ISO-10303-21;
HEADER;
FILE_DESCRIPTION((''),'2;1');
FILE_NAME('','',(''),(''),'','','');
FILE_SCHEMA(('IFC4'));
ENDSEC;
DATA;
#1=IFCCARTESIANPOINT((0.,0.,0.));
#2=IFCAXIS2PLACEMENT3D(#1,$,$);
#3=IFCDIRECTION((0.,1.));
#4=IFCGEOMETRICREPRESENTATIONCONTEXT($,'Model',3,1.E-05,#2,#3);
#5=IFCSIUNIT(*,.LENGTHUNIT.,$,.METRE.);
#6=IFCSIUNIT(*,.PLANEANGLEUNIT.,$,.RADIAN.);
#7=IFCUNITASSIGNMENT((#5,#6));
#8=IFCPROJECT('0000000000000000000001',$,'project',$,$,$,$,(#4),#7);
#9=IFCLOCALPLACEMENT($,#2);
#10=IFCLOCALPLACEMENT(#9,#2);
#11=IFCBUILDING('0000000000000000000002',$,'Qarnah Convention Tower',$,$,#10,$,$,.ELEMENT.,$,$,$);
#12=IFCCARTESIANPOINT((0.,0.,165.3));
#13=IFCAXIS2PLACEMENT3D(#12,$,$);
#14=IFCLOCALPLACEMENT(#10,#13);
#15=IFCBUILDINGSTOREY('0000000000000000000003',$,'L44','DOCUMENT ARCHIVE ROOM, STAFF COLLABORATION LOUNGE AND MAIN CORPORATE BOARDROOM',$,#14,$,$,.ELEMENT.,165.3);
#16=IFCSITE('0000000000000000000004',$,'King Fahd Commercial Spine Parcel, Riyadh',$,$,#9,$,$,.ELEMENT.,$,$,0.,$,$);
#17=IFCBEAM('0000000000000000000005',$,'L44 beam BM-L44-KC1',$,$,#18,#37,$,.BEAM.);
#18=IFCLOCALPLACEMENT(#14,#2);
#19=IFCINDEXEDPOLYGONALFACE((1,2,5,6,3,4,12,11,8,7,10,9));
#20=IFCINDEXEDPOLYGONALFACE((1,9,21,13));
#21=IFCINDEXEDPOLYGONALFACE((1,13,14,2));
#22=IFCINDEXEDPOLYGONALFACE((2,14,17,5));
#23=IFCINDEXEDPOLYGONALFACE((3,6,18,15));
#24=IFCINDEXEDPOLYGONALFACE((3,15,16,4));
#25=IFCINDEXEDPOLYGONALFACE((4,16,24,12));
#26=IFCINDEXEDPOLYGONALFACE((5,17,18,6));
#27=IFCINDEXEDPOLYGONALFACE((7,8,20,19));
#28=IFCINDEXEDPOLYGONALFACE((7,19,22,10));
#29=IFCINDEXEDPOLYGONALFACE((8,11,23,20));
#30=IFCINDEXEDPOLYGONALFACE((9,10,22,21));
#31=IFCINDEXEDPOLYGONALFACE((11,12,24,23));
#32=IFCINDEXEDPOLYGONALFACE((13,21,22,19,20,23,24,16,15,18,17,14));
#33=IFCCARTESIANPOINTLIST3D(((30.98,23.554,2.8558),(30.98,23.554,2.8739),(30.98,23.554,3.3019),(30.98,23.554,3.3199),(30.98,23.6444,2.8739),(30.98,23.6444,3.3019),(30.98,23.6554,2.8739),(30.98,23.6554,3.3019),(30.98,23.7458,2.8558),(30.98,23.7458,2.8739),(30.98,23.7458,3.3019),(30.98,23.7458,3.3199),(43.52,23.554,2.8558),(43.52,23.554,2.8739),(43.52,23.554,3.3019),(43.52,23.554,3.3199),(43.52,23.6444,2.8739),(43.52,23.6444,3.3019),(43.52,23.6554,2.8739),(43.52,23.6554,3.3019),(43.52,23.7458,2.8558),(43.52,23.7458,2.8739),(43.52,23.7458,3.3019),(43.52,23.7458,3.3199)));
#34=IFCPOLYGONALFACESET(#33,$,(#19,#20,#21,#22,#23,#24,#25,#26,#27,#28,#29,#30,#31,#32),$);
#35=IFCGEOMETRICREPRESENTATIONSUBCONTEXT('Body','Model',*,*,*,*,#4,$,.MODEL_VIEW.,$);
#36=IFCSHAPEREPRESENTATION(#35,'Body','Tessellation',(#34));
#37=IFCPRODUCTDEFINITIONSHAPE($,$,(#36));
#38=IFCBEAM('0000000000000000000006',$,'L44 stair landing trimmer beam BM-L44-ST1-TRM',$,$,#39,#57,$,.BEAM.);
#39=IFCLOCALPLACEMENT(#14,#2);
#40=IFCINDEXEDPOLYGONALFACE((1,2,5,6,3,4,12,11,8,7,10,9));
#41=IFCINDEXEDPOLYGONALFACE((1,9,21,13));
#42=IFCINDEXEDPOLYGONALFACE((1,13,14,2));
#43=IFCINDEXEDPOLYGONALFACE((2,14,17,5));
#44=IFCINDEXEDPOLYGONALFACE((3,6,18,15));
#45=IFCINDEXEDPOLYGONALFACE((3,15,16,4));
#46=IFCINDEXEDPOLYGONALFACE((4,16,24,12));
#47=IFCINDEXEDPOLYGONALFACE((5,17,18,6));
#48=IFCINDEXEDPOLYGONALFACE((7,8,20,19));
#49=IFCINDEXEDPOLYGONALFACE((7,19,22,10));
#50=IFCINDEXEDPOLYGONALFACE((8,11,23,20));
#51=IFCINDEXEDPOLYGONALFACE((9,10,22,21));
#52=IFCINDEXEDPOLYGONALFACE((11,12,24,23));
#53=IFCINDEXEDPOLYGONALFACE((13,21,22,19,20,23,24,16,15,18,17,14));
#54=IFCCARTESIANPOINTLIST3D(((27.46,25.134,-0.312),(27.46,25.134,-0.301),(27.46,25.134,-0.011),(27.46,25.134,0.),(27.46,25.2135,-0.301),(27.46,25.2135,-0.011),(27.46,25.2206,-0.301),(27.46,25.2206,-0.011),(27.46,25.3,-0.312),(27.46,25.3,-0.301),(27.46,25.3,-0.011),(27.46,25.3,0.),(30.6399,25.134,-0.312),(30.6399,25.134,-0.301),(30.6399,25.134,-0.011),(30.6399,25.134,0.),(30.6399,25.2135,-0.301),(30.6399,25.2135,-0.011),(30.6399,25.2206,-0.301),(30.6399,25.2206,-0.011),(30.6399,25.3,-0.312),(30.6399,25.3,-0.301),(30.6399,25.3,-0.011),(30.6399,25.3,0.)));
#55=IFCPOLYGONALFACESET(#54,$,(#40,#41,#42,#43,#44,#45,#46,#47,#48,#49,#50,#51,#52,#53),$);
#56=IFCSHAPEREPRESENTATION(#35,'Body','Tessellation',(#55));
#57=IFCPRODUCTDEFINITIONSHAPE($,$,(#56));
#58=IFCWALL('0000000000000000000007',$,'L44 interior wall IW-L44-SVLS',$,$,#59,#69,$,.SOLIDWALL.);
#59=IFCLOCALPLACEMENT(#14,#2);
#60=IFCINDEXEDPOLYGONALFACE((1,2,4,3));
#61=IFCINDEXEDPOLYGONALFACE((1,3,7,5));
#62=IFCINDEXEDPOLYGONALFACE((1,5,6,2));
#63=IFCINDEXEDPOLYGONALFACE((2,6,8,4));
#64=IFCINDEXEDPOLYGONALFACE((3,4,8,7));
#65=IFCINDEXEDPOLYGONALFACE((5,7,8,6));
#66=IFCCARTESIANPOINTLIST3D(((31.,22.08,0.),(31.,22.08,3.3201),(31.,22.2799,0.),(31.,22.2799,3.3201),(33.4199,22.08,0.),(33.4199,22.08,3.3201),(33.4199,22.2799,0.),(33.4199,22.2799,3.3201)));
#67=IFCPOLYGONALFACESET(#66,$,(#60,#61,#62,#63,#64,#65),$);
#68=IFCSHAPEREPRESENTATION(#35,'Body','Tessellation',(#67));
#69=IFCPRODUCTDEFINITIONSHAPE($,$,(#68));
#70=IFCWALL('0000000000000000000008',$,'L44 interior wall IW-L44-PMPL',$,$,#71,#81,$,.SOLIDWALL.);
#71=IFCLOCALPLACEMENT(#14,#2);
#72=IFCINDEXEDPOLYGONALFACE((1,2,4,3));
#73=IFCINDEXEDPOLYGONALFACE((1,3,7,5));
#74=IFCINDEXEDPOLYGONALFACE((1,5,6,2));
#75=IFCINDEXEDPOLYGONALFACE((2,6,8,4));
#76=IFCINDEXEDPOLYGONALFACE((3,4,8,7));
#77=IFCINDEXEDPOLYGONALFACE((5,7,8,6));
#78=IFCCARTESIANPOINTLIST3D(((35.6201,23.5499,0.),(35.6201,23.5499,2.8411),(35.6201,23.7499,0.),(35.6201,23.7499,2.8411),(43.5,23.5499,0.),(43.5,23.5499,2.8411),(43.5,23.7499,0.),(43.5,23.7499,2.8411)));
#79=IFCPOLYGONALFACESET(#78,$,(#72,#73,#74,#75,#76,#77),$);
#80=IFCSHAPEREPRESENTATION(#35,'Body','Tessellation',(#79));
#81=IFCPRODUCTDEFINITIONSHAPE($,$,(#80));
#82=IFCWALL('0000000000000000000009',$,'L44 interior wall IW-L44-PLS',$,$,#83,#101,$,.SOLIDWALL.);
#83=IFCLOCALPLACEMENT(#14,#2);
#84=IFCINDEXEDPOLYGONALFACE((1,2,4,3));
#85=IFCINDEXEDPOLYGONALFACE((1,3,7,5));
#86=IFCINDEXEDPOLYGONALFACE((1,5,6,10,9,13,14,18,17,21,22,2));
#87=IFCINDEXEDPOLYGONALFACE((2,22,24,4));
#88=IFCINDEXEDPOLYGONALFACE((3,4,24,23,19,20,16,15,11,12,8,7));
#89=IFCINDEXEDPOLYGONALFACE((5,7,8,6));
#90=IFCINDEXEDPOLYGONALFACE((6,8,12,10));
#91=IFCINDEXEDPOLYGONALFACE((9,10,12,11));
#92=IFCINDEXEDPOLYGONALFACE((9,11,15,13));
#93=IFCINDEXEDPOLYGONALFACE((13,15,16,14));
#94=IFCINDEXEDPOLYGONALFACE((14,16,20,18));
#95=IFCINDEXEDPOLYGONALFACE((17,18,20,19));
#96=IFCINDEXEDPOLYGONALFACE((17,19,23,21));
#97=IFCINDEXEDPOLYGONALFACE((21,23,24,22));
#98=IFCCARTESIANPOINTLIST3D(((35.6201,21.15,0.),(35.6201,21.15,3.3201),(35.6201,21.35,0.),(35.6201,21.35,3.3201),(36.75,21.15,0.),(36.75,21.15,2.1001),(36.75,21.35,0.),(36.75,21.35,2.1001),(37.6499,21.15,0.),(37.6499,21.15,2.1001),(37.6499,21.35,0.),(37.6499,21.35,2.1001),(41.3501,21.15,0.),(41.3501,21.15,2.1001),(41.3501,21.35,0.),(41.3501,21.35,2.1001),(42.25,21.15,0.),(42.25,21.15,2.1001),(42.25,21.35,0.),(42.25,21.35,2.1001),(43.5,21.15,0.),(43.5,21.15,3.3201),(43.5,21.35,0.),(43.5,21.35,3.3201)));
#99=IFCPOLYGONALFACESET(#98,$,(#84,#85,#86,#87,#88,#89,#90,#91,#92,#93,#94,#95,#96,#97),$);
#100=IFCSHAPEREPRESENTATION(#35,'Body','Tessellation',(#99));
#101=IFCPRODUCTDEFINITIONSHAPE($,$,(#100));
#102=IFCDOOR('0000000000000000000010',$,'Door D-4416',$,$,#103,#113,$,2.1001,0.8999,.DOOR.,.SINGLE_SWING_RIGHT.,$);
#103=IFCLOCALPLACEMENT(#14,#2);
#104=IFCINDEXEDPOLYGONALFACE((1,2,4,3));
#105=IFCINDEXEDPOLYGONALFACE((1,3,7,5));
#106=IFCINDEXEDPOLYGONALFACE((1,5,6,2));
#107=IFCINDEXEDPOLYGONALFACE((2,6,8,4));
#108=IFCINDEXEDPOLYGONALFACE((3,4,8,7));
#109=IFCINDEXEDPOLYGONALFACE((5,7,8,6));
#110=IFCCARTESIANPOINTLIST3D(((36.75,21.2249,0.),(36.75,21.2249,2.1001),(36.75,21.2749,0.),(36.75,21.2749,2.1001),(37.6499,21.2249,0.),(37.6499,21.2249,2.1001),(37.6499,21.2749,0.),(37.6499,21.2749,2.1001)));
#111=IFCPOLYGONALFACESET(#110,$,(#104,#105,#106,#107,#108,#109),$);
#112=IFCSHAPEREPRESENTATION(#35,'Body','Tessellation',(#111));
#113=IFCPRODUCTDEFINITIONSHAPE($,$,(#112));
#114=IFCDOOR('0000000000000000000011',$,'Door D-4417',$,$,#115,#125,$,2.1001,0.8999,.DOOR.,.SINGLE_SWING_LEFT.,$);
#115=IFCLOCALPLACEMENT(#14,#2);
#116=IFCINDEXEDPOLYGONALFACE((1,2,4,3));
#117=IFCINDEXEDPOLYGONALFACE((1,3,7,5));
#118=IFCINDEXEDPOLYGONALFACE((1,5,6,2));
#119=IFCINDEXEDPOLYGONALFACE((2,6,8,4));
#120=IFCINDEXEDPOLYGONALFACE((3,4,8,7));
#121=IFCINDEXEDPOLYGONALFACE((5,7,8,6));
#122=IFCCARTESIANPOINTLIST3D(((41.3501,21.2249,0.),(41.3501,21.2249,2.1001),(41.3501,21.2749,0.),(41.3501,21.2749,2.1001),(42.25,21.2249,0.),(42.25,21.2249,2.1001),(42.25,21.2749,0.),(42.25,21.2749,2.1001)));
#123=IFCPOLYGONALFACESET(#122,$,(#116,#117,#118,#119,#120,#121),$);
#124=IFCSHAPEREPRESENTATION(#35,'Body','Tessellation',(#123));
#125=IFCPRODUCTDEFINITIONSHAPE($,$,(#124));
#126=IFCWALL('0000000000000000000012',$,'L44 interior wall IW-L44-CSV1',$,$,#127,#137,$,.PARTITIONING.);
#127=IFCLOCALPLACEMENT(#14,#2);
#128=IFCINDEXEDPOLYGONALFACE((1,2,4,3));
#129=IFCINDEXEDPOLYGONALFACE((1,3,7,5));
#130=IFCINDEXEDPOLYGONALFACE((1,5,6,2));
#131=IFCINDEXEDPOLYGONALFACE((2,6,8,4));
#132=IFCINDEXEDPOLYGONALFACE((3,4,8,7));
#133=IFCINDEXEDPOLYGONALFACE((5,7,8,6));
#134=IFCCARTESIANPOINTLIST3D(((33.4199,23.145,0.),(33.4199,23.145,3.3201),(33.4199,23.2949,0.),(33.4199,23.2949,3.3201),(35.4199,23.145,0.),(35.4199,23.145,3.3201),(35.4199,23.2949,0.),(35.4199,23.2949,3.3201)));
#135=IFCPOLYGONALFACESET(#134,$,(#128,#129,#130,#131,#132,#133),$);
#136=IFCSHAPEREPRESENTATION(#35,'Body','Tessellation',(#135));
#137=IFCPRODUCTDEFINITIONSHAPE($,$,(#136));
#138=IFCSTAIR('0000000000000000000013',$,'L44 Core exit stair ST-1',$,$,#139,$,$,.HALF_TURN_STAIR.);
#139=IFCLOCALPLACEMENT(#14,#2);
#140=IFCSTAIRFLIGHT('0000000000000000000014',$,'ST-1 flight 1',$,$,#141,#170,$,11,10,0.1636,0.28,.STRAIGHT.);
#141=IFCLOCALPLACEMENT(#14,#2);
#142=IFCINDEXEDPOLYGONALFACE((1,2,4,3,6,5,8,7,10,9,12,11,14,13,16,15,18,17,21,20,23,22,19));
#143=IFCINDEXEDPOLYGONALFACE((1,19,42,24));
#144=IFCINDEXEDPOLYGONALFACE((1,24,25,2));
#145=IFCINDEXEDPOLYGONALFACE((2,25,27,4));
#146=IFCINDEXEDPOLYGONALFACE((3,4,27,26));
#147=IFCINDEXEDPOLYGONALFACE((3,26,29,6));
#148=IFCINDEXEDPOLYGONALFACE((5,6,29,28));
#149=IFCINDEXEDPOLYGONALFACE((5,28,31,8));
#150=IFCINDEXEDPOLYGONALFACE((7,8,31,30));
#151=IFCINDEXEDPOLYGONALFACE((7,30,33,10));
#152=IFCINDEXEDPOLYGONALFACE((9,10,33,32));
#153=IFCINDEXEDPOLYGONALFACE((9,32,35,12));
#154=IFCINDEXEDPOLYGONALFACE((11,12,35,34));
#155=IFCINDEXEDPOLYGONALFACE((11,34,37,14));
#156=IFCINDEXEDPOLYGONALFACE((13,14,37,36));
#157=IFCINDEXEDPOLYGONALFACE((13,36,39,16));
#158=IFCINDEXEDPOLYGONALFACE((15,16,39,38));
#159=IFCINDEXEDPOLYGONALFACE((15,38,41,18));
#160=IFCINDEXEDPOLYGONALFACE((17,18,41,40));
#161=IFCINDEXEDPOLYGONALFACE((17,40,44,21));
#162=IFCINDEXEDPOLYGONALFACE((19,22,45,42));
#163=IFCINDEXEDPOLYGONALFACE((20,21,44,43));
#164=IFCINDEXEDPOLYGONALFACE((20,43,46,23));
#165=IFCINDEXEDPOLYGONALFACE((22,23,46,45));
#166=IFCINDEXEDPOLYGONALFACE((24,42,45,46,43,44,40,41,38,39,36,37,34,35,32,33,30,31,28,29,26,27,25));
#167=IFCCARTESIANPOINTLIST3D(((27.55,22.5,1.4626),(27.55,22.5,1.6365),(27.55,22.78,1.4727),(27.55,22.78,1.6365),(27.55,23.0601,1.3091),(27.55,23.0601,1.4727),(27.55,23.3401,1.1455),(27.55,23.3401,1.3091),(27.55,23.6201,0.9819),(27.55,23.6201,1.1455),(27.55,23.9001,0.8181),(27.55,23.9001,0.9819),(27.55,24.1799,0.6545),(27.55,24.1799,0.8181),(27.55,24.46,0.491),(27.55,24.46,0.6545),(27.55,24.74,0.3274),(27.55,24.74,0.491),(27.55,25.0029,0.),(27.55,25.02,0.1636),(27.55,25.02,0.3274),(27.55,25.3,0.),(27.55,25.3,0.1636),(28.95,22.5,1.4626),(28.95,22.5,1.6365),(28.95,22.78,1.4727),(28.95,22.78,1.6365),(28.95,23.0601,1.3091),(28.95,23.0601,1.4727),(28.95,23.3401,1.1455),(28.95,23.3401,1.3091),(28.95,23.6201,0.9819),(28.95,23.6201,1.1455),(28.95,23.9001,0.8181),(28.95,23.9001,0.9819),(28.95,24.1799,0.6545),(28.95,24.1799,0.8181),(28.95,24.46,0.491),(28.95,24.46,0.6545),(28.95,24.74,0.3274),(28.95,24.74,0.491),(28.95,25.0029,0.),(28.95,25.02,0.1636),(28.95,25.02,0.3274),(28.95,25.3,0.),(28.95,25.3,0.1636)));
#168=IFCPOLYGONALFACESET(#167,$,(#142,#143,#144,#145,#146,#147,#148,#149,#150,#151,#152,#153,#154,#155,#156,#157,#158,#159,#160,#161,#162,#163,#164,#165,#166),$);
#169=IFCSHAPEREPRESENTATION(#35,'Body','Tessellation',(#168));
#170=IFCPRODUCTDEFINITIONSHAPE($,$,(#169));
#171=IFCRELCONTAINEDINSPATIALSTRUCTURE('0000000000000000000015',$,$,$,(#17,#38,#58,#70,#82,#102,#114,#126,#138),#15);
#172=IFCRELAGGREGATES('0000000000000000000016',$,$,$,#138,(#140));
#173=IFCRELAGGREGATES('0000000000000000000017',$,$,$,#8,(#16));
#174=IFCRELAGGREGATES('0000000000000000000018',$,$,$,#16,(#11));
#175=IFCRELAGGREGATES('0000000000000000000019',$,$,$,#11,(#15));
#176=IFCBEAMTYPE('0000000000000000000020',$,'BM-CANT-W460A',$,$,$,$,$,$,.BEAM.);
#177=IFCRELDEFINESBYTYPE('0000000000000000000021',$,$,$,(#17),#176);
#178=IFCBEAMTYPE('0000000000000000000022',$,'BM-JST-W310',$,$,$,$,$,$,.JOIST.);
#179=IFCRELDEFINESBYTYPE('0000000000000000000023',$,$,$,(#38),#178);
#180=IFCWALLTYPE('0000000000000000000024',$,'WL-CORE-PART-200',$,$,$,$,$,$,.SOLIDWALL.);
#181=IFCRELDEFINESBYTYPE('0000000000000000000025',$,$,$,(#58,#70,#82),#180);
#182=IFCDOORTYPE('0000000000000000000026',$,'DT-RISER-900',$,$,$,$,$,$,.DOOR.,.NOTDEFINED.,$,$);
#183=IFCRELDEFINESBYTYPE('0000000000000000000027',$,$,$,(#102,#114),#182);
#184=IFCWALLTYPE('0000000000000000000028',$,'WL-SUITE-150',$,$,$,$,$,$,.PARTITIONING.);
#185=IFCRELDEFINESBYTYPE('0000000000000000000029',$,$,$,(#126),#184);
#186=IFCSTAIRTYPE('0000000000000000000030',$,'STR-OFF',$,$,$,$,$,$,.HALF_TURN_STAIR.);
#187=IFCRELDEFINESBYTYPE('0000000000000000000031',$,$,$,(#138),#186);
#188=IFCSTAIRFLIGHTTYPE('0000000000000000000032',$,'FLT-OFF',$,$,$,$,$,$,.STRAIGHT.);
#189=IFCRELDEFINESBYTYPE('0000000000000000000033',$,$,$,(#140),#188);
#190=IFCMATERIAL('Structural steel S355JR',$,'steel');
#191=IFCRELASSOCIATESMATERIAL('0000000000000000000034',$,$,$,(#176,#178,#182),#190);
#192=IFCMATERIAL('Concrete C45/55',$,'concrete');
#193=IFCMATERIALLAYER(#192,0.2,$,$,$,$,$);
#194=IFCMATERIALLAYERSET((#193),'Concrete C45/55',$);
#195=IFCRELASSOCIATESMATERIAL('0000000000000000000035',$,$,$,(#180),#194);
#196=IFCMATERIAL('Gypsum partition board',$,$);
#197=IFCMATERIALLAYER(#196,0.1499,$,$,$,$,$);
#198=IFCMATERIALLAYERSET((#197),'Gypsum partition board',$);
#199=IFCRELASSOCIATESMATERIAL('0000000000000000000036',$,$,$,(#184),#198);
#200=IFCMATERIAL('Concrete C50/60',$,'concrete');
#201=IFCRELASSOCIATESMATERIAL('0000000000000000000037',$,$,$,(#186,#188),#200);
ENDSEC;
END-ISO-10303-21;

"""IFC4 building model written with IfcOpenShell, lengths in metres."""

from ifc_helpers import new_model, si_unit, direction, frame, frame_2d, origin, origin_2d, place, context, subcontext, project, spatial, polyline, rectangle, i_section, outline, extrude, material, layer, layer_set, material_profile, profile_set, type_object, element, fill, aggregate, save


model = new_model("IFC4")

# Units and contexts
model_context = context("Model", 3, precision=1e-05, world=origin(), true_north=direction((0.0, 1.0)))
body_context = subcontext(model_context, "Body", "Model", "MODEL_VIEW")
ifc_project = project(units=[si_unit("LENGTHUNIT", "METRE"), si_unit("PLANEANGLEUNIT", "RADIAN")], contexts=[model_context])

# Site, building, storey
site_placement = place(None, origin())
site = spatial("IfcSite", under=ifc_project, at=site_placement, Name="King Fahd Commercial Spine Parcel, Riyadh", CompositionType="ELEMENT", RefElevation=0.0)
building_placement = place(site_placement, origin())
building = spatial("IfcBuilding", under=site, at=building_placement, Name="Qarnah Convention Tower", CompositionType="ELEMENT")
storey_placement = place(building_placement, frame((0.0, 0.0, 165.3)))
storey = spatial("IfcBuildingStorey", under=building, at=storey_placement, Name="L44", Description="DOCUMENT ARCHIVE ROOM, STAFF COLLABORATION LOUNGE AND MAIN CORPORATE BOARDROOM", CompositionType="ELEMENT", Elevation=165.3)

# Beams
ifc_material_1 = material(Name="Structural steel S355JR", Category="steel")
ifc_material_profile_1 = material_profile(ifc_material_1, i_section(OverallWidth=0.1919, OverallDepth=0.4641, WebThickness=0.011, FlangeThickness=0.0181, at=origin_2d()), Name="W460X89")
ifc_profile_set_1 = profile_set([ifc_material_profile_1], Name="Structural steel S355JR")
beam_type_1 = type_object("IfcBeamType", Name="BM-CANT-W460A", PredefinedType="BEAM", material=ifc_profile_set_1)
beam_1_placement = place(storey_placement, frame((30.98, 23.6499, 3.0879), z_axis=(1.0, 0.0, 0.0), x_axis=(0.0, 1.0, 0.0)))
element("IfcBeam", 1, at=beam_1_placement, inside=storey, type_object=beam_type_1, Name="L44 beam BM-L44-KC1", PredefinedType="BEAM", context=body_context, shape_type="SweptSolid", body=[
    extrude(i_section(OverallWidth=0.1919, OverallDepth=0.4641, WebThickness=0.011, FlangeThickness=0.0181, at=origin_2d()), origin(), (0.0, 0.0, 1.0), 12.54),
])
ifc_material_profile_2 = material_profile(ifc_material_1, i_section(OverallWidth=0.166, OverallDepth=0.312, WebThickness=0.0071, FlangeThickness=0.011, at=origin_2d()), Name="W310X45")
ifc_profile_set_2 = profile_set([ifc_material_profile_2], Name="Structural steel S355JR")
beam_type_2 = type_object("IfcBeamType", Name="BM-JST-W310", PredefinedType="JOIST", material=ifc_profile_set_2)
beam_2_placement = place(storey_placement, frame((27.46, 25.217, -0.156), z_axis=(1.0, 0.0, 0.0), x_axis=(0.0, 1.0, 0.0)))
element("IfcBeam", 2, at=beam_2_placement, inside=storey, type_object=beam_type_2, Name="L44 stair landing trimmer beam BM-L44-ST1-TRM", PredefinedType="BEAM", context=body_context, shape_type="SweptSolid", body=[
    extrude(i_section(OverallWidth=0.166, OverallDepth=0.312, WebThickness=0.0071, FlangeThickness=0.011, at=origin_2d()), origin(), (0.0, 0.0, 1.0), 3.1799),
])

# Shared definitions
ifc_material_2 = material(Name="Concrete C45/55", Category="concrete")
ifc_layer_1 = layer(ifc_material_2, 0.2)
ifc_layer_set_1 = layer_set([ifc_layer_1], Name="Concrete C45/55")
wall_type_1 = type_object("IfcWallType", Name="WL-CORE-PART-200", PredefinedType="SOLIDWALL", material=ifc_layer_set_1)
door_type_1 = type_object("IfcDoorType", Name="DT-RISER-900", OperationType="NOTDEFINED", PredefinedType="DOOR", material=ifc_material_1)

# Walls
wall_1_placement = place(storey_placement, frame((31.0, 22.1799, 0.0), z_axis=(0.0, 0.0, 1.0), x_axis=(1.0, 0.0, 0.0)))
element("IfcWall", 3, at=wall_1_placement, inside=storey, type_object=wall_type_1, Name="L44 interior wall IW-L44-SVLS", PredefinedType="SOLIDWALL", context=body_context, shape_type="SweptSolid", body=[
    extrude(rectangle(XDim=2.4199, YDim=0.2, at=frame_2d((1.21, 0.0))), origin(), (0.0, 0.0, 1.0), 3.3201),
])
wall_2_placement = place(storey_placement, frame((35.6201, 23.6499, 0.0), z_axis=(0.0, 0.0, 1.0), x_axis=(1.0, 0.0, 0.0)))
element("IfcWall", 4, at=wall_2_placement, inside=storey, type_object=wall_type_1, Name="L44 interior wall IW-L44-PMPL", PredefinedType="SOLIDWALL", context=body_context, shape_type="SweptSolid", body=[
    extrude(rectangle(XDim=7.8799, YDim=0.2, at=frame_2d((3.9399, 0.0))), origin(), (0.0, 0.0, 1.0), 2.8411),
])

# Wall, openings, doors
wall_3_placement = place(storey_placement, frame((35.6201, 21.25, 0.0), z_axis=(0.0, 0.0, 1.0), x_axis=(1.0, 0.0, 0.0)))
wall_3 = element("IfcWall", 5, at=wall_3_placement, inside=storey, type_object=wall_type_1, Name="L44 interior wall IW-L44-PLS", PredefinedType="SOLIDWALL", context=body_context, shape_type="SweptSolid", body=[
    extrude(rectangle(XDim=7.8799, YDim=0.2, at=frame_2d((3.9399, 0.0))), origin(), (0.0, 0.0, 1.0), 3.3201),
])
opening_1_placement = place(wall_3_placement, frame((1.1299, 0.0, 0.0)))
opening_1 = element("IfcOpeningElement", 6, at=opening_1_placement, cuts=wall_3, PredefinedType="OPENING", context=body_context, shape_type="SweptSolid", body=[
    extrude(rectangle(XDim=0.8999, YDim=2.1001, at=frame_2d((0.45, 1.05))), frame((0.0, 0.1099, 0.0), z_axis=(0.0, -1.0, 0.0), x_axis=(1.0, 0.0, 0.0)), (0.0, 0.0, 1.0), 0.22),
])
opening_2_placement = place(wall_3_placement, frame((5.73, 0.0, 0.0)))
opening_2 = element("IfcOpeningElement", 7, at=opening_2_placement, cuts=wall_3, PredefinedType="OPENING", context=body_context, shape_type="SweptSolid", body=[
    extrude(rectangle(XDim=0.8999, YDim=2.1001, at=frame_2d((0.45, 1.05))), frame((0.0, 0.1099, 0.0), z_axis=(0.0, -1.0, 0.0), x_axis=(1.0, 0.0, 0.0)), (0.0, 0.0, 1.0), 0.22),
])
door_1_placement = place(opening_1_placement, origin())
door_1 = element("IfcDoor", 8, at=door_1_placement, inside=storey, type_object=door_type_1, Name="Door D-4416", OperationType="SINGLE_SWING_RIGHT", OverallHeight=2.1001, OverallWidth=0.8999, PredefinedType="DOOR", context=body_context, shape_type="SweptSolid", body=[
    extrude(rectangle(XDim=0.8999, YDim=2.1001, at=frame_2d((0.45, 1.05))), frame((0.0, 0.0249, 0.0), z_axis=(0.0, -1.0, 0.0), x_axis=(1.0, 0.0, 0.0)), (0.0, 0.0, 1.0), 0.05),
])
fill(opening_1, door_1)
door_2_placement = place(opening_2_placement, origin())
door_2 = element("IfcDoor", 9, at=door_2_placement, inside=storey, type_object=door_type_1, Name="Door D-4417", OperationType="SINGLE_SWING_LEFT", OverallHeight=2.1001, OverallWidth=0.8999, PredefinedType="DOOR", context=body_context, shape_type="SweptSolid", body=[
    extrude(rectangle(XDim=0.8999, YDim=2.1001, at=frame_2d((0.45, 1.05))), frame((0.0, 0.0249, 0.0), z_axis=(0.0, -1.0, 0.0), x_axis=(1.0, 0.0, 0.0)), (0.0, 0.0, 1.0), 0.05),
])
fill(opening_2, door_2)

# Wall
ifc_material_3 = material(Name="Gypsum partition board")
ifc_layer_2 = layer(ifc_material_3, 0.1499)
ifc_layer_set_2 = layer_set([ifc_layer_2], Name="Gypsum partition board")
wall_type_2 = type_object("IfcWallType", Name="WL-SUITE-150", PredefinedType="PARTITIONING", material=ifc_layer_set_2)
wall_4_placement = place(storey_placement, frame((33.4199, 23.22, 0.0), z_axis=(0.0, 0.0, 1.0), x_axis=(1.0, 0.0, 0.0)))
element("IfcWall", 10, at=wall_4_placement, inside=storey, type_object=wall_type_2, Name="L44 interior wall IW-L44-CSV1", PredefinedType="PARTITIONING", context=body_context, shape_type="SweptSolid", body=[
    extrude(rectangle(XDim=2.0, YDim=0.1499, at=frame_2d((1.0, 0.0))), origin(), (0.0, 0.0, 1.0), 3.3201),
])

# Stair, stair flight
ifc_material_4 = material(Name="Concrete C50/60", Category="concrete")
stair_type = type_object("IfcStairType", Name="STR-OFF", PredefinedType="HALF_TURN_STAIR", material=ifc_material_4)
stair_placement = place(storey_placement, origin())
stair = element("IfcStair", 11, at=stair_placement, inside=storey, type_object=stair_type, Name="L44 Core exit stair ST-1", PredefinedType="HALF_TURN_STAIR")
stair_flight_type = type_object("IfcStairFlightType", Name="FLT-OFF", PredefinedType="STRAIGHT", material=ifc_material_4)
stair_flight_1_placement = place(storey_placement, frame((28.25, 25.3, 0.0), z_axis=(0.0, 0.0, 1.0), x_axis=(0.0, -1.0, 0.0)))
stair_flight_1 = element("IfcStairFlight", 12, at=stair_flight_1_placement, type_object=stair_flight_type, Name="ST-1 flight 1", NumberOfRisers=11, NumberOfTreads=10, PredefinedType="STRAIGHT", RiserHeight=0.1636, TreadLength=0.28, context=body_context, shape_type="SweptSolid", body=[
    extrude(outline(polyline([(0.0, 0.0), (0.0, 0.1636), (0.28, 0.1636), (0.28, 0.3274), (0.5601, 0.3274), (0.5601, 0.491), (0.8401, 0.491), (0.8401, 0.6545), (1.1201, 0.6545), (1.1201, 0.8181), (1.3999, 0.8181), (1.3999, 0.9819), (1.6799, 0.9819), (1.6799, 1.1455), (1.96, 1.1455), (1.96, 1.3091), (2.24, 1.3091), (2.24, 1.4727), (2.52, 1.4727), (2.52, 1.6365), (2.8, 1.6365), (2.8, 1.8), (2.8, 1.4626), (0.2971, 0.0), (0.0, 0.0)])), frame((0.0, 0.7, 0.0), z_axis=(0.0, -1.0, 0.0), x_axis=(1.0, 0.0, 0.0)), (0.0, 0.0, 1.0), 1.3999),
])
aggregate(stair, [stair_flight_1])

save(model, "model.ifc")
